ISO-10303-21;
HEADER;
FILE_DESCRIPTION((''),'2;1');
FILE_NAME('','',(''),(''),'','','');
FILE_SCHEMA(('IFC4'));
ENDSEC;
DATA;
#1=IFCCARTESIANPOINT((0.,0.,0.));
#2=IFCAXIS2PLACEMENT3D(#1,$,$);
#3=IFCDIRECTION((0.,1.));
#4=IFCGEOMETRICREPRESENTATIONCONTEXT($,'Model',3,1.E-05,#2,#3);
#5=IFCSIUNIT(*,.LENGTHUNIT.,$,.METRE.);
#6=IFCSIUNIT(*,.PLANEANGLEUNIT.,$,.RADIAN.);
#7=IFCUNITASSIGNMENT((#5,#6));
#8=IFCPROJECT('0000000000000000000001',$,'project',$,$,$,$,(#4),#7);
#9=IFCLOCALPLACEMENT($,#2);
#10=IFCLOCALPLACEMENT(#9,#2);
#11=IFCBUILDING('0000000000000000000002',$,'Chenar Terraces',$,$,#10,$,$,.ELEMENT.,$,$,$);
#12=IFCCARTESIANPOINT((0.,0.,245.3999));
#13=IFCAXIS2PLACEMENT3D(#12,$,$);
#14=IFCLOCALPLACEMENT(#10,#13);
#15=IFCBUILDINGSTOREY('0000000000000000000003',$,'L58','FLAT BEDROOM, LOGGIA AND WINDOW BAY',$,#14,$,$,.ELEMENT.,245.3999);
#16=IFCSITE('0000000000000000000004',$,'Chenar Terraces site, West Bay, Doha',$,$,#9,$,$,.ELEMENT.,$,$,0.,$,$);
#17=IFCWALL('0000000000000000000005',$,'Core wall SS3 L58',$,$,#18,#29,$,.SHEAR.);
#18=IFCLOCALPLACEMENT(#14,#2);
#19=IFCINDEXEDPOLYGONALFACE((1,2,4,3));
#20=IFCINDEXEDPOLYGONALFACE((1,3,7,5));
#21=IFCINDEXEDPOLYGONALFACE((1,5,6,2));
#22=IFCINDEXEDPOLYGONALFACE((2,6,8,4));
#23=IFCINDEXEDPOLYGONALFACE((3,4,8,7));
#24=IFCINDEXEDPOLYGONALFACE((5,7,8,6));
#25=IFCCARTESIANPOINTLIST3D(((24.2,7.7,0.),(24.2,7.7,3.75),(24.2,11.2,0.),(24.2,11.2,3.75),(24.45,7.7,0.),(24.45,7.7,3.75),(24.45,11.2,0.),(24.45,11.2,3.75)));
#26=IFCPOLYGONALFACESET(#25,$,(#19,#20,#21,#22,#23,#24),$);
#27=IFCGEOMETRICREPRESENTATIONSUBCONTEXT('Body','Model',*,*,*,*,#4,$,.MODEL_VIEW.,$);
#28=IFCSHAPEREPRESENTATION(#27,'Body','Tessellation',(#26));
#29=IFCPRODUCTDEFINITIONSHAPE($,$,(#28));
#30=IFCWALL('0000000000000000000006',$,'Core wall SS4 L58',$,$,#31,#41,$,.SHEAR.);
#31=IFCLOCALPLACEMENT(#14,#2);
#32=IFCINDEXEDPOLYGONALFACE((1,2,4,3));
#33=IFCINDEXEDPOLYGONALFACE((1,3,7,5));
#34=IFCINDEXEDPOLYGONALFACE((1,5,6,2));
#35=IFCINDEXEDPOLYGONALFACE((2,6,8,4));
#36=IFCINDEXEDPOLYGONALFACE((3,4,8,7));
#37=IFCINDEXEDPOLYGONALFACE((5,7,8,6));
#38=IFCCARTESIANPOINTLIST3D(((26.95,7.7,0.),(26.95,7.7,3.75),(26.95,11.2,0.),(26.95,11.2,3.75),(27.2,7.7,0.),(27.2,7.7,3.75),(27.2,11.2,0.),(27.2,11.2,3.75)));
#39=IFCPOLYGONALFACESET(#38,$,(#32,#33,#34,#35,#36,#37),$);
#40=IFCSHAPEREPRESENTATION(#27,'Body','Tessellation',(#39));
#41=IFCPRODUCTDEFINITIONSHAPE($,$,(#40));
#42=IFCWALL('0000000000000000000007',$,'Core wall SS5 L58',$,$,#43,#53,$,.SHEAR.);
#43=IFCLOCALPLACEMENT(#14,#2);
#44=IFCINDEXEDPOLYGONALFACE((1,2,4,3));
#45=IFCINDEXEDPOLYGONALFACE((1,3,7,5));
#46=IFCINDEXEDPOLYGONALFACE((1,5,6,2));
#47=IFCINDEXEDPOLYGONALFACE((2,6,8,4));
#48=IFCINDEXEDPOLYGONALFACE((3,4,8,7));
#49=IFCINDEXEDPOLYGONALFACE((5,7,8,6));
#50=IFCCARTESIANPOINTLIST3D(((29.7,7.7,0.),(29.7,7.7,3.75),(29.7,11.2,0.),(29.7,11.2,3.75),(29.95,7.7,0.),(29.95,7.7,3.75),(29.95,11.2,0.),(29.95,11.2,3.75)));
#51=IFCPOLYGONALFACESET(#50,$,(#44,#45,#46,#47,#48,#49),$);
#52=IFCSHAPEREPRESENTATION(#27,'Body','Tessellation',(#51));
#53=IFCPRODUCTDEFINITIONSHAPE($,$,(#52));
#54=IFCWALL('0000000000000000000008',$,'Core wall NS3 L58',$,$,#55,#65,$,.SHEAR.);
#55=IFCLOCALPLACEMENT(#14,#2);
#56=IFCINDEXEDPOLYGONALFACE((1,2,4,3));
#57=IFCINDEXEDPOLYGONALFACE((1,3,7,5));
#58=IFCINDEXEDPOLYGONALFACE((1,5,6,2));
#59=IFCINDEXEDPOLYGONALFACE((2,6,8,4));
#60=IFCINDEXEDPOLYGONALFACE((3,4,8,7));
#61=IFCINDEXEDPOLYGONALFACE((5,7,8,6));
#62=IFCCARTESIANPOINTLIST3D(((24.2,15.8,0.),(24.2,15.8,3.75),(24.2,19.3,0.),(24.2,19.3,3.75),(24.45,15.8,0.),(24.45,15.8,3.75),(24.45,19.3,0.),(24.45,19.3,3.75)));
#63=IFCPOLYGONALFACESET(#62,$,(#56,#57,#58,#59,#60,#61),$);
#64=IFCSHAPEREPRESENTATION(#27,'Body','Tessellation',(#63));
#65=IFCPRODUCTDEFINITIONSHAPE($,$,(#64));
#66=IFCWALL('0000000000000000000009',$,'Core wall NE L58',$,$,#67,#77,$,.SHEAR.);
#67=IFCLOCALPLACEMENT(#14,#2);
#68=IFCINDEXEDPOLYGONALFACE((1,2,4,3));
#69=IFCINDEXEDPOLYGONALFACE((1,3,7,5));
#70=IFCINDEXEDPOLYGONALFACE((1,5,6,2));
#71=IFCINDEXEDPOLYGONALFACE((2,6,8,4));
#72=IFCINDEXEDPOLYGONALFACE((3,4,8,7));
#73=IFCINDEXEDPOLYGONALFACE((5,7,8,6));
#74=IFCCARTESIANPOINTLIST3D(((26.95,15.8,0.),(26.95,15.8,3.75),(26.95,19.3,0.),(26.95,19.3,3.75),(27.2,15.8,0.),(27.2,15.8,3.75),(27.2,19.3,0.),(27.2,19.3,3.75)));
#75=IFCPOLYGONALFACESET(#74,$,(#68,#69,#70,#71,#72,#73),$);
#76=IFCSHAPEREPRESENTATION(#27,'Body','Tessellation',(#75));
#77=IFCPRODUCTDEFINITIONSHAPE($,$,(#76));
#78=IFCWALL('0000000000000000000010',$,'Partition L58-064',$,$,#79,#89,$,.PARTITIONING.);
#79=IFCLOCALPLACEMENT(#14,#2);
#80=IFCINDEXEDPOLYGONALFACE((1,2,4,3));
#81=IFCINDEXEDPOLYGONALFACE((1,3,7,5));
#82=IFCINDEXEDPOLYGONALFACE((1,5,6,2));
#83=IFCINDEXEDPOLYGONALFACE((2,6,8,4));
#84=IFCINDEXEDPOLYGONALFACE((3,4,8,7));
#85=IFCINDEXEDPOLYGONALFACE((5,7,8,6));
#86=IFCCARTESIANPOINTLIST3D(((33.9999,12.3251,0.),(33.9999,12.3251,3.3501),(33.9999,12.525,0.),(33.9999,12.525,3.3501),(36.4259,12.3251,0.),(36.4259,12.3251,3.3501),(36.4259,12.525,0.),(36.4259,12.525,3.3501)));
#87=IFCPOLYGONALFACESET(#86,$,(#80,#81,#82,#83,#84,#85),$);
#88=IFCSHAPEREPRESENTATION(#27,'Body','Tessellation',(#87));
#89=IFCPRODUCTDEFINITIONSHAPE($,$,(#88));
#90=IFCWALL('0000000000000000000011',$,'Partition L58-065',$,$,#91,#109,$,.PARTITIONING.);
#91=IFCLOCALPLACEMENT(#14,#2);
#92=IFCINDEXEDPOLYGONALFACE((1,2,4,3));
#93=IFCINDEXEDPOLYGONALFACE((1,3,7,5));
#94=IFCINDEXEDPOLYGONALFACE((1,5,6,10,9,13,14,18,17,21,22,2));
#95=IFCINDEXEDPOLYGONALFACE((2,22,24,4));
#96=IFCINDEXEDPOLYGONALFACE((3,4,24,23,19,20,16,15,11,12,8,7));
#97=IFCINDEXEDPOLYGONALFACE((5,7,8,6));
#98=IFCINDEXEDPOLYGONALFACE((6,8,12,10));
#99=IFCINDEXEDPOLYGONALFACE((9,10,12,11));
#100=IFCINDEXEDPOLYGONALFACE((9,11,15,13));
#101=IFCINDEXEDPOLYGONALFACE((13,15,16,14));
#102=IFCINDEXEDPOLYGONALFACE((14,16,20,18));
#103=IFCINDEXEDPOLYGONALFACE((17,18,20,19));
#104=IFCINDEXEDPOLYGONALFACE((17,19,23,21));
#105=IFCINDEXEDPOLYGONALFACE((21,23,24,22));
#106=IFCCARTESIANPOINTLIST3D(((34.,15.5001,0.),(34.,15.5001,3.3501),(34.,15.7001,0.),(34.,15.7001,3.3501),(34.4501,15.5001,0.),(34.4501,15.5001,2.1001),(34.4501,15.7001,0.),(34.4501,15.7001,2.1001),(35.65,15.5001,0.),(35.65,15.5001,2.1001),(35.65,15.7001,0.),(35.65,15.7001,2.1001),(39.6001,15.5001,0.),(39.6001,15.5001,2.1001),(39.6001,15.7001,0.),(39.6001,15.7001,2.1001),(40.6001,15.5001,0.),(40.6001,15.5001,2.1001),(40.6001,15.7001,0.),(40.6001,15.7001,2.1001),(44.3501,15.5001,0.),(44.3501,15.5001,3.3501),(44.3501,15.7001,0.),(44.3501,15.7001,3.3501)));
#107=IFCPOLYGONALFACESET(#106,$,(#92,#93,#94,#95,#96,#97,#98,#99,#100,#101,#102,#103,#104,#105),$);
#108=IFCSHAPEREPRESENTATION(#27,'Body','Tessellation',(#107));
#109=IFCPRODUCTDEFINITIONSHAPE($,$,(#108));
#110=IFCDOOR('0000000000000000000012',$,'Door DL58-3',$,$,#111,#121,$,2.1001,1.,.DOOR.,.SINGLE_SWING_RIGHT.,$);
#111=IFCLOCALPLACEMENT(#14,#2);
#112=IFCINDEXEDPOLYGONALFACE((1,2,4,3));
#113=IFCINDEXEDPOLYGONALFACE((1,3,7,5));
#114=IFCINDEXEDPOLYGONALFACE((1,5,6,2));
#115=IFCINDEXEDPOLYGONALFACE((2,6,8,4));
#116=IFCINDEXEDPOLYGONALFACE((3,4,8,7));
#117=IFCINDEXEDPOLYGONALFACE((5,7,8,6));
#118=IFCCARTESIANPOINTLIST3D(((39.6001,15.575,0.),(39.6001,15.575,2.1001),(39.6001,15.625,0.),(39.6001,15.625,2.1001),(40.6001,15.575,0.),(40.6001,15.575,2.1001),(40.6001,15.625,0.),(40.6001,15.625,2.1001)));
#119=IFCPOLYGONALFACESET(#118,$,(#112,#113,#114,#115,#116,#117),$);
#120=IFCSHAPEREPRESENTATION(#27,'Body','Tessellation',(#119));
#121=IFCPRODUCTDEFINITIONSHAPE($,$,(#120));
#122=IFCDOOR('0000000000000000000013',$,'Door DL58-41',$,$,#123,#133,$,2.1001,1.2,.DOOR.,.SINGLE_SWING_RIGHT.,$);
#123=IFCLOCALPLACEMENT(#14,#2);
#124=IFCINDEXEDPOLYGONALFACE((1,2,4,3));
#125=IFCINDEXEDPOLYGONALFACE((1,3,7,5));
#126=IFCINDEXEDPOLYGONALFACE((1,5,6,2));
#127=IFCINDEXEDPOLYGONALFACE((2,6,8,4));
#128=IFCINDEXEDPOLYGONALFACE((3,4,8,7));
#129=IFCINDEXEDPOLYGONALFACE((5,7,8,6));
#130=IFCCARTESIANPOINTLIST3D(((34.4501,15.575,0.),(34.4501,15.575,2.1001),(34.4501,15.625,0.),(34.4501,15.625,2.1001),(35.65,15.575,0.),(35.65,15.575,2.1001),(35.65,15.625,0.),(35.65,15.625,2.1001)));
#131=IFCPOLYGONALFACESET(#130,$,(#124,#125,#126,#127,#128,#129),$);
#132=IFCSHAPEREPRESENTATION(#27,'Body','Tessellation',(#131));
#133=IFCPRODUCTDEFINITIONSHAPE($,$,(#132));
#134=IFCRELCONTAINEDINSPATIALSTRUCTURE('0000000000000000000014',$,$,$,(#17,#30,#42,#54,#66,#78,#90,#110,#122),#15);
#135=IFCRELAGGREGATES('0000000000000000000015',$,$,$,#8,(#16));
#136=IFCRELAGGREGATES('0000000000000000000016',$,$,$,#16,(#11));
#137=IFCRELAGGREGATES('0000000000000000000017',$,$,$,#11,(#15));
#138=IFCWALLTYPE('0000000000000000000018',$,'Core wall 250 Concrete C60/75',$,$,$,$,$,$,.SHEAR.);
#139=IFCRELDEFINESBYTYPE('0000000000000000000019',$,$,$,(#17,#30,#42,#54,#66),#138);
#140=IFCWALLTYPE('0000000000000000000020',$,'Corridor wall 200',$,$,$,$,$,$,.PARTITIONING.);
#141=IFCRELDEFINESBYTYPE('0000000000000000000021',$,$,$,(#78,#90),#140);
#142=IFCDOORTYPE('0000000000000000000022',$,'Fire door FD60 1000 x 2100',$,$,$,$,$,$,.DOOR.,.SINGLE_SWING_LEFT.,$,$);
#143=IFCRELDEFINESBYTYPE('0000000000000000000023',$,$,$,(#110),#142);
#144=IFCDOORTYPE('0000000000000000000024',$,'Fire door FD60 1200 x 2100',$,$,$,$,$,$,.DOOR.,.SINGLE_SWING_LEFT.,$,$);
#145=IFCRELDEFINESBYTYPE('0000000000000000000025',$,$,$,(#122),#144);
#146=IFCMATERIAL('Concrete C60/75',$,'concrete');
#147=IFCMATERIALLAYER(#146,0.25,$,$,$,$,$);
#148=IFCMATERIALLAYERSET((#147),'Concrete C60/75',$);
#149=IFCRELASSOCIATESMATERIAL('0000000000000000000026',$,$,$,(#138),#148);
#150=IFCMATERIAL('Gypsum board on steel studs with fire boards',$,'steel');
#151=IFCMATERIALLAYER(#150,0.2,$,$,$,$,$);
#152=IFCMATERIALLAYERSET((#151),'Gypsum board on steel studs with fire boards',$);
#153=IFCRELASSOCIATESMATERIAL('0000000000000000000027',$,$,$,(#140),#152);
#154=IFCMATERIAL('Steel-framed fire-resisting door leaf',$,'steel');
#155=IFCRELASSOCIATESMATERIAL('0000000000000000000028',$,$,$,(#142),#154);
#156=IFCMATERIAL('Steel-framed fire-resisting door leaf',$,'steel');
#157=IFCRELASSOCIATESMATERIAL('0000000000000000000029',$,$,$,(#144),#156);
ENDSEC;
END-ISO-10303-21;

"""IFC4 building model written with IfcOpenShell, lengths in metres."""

from ifc_helpers import new_model, si_unit, direction, frame, frame_2d, origin, place, context, subcontext, project, spatial, rectangle, extrude, material, layer, layer_set, type_object, element, fill, save


model = new_model("IFC4")

# Units and contexts
model_context = context("Model", 3, precision=1e-05, world=origin(), true_north=direction((0.0, 1.0)))
body_context = subcontext(model_context, "Body", "Model", "MODEL_VIEW")
ifc_project = project(units=[si_unit("LENGTHUNIT", "METRE"), si_unit("PLANEANGLEUNIT", "RADIAN")], contexts=[model_context])

# Site, building, storey
site_placement = place(None, origin())
site = spatial("IfcSite", under=ifc_project, at=site_placement, Name="Chenar Terraces site, West Bay, Doha", CompositionType="ELEMENT", RefElevation=0.0)
building_placement = place(site_placement, origin())
building = spatial("IfcBuilding", under=site, at=building_placement, Name="Chenar Terraces", CompositionType="ELEMENT")
storey_placement = place(building_placement, frame((0.0, 0.0, 245.3999)))
storey = spatial("IfcBuildingStorey", under=building, at=storey_placement, Name="L58", Description="FLAT BEDROOM, LOGGIA AND WINDOW BAY", CompositionType="ELEMENT", Elevation=245.3999)

# Walls
ifc_material_1 = material(Name="Concrete C60/75", Category="concrete")
ifc_layer_1 = layer(ifc_material_1, 0.25)
ifc_layer_set_1 = layer_set([ifc_layer_1], Name="Concrete C60/75")
wall_type_1 = type_object("IfcWallType", Name="Core wall 250 Concrete C60/75", PredefinedType="SHEAR", material=ifc_layer_set_1)
for number, where, z_axis, x_axis, name in (
    (1, (24.325, 7.7, 0.0), (0.0, 0.0, 1.0), (0.0, 1.0, 0.0), "Core wall SS3 L58"),
    (2, (27.075, 7.7, 0.0), (0.0, 0.0, 1.0), (0.0, 1.0, 0.0), "Core wall SS4 L58"),
    (3, (29.825, 7.7, 0.0), (0.0, 0.0, 1.0), (0.0, 1.0, 0.0), "Core wall SS5 L58"),
    (4, (24.325, 15.8, 0.0), (0.0, 0.0, 1.0), (0.0, 1.0, 0.0), "Core wall NS3 L58"),
    (5, (27.075, 15.8, 0.0), (0.0, 0.0, 1.0), (0.0, 1.0, 0.0), "Core wall NE L58"),
):
    element("IfcWall", number, at=place(storey_placement, frame(where, z_axis=z_axis, x_axis=x_axis)), inside=storey, type_object=wall_type_1, Name=name, PredefinedType="SHEAR", context=body_context, shape_type="SweptSolid", body=[
        extrude(rectangle(XDim=3.5, YDim=0.25, at=frame_2d((1.75, 0.0))), origin(), (0.0, 0.0, 1.0), 3.75),
    ])

# Wall
ifc_material_2 = material(Name="Gypsum board on steel studs with fire boards", Category="steel")
ifc_layer_2 = layer(ifc_material_2, 0.2)
ifc_layer_set_2 = layer_set([ifc_layer_2], Name="Gypsum board on steel studs with fire boards")
wall_type_2 = type_object("IfcWallType", Name="Corridor wall 200", PredefinedType="PARTITIONING", material=ifc_layer_set_2)
wall_1_placement = place(storey_placement, frame((34.0, 12.425, 0.0), z_axis=(0.0, 0.0, 1.0), x_axis=(1.0, 0.0, 0.0)))
element("IfcWall", 6, at=wall_1_placement, inside=storey, type_object=wall_type_2, Name="Partition L58-064", PredefinedType="PARTITIONING", context=body_context, shape_type="SweptSolid", body=[
    extrude(rectangle(XDim=2.426, YDim=0.2, at=frame_2d((1.2129, 0.0))), origin(), (0.0, 0.0, 1.0), 3.3501),
])

# Wall, openings, doors
wall_2_placement = place(storey_placement, frame((34.0, 15.6001, 0.0), z_axis=(0.0, 0.0, 1.0), x_axis=(1.0, 0.0, 0.0)))
wall_2 = element("IfcWall", 7, at=wall_2_placement, inside=storey, type_object=wall_type_2, Name="Partition L58-065", PredefinedType="PARTITIONING", context=body_context, shape_type="SweptSolid", body=[
    extrude(rectangle(XDim=10.3501, YDim=0.2, at=frame_2d((5.175, 0.0))), origin(), (0.0, 0.0, 1.0), 3.3501),
])
opening_1_placement = place(wall_2_placement, frame((5.6001, 0.0, 0.0)))
opening_1 = element("IfcOpeningElement", 8, at=opening_1_placement, cuts=wall_2, PredefinedType="OPENING", context=body_context, shape_type="SweptSolid", body=[
    extrude(rectangle(XDim=1.0, YDim=2.1001, at=frame_2d((0.5, 1.05))), frame((0.0, 0.1099, 0.0), z_axis=(0.0, -1.0, 0.0), x_axis=(1.0, 0.0, 0.0)), (0.0, 0.0, 1.0), 0.22),
])
opening_2_placement = place(wall_2_placement, frame((0.45, 0.0, 0.0)))
opening_2 = element("IfcOpeningElement", 9, at=opening_2_placement, cuts=wall_2, PredefinedType="OPENING", context=body_context, shape_type="SweptSolid", body=[
    extrude(rectangle(XDim=1.2, YDim=2.1001, at=frame_2d((0.6001, 1.05))), frame((0.0, 0.1099, 0.0), z_axis=(0.0, -1.0, 0.0), x_axis=(1.0, 0.0, 0.0)), (0.0, 0.0, 1.0), 0.22),
])
ifc_material_3 = material(Name="Steel-framed fire-resisting door leaf", Category="steel")
door_type_1 = type_object("IfcDoorType", Name="Fire door FD60 1000 x 2100", OperationType="SINGLE_SWING_LEFT", PredefinedType="DOOR", material=ifc_material_3)
door_1_placement = place(opening_1_placement, origin())
door_1 = element("IfcDoor", 10, at=door_1_placement, inside=storey, type_object=door_type_1, Name="Door DL58-3", OperationType="SINGLE_SWING_RIGHT", OverallHeight=2.1001, OverallWidth=1.0, PredefinedType="DOOR", context=body_context, shape_type="SweptSolid", body=[
    extrude(rectangle(XDim=1.0, YDim=2.1001, at=frame_2d((0.5, 1.05))), frame((0.0, 0.0249, 0.0), z_axis=(0.0, -1.0, 0.0), x_axis=(1.0, 0.0, 0.0)), (0.0, 0.0, 1.0), 0.05),
])
fill(opening_1, door_1)
ifc_material_4 = material(Name="Steel-framed fire-resisting door leaf", Category="steel")
door_type_2 = type_object("IfcDoorType", Name="Fire door FD60 1200 x 2100", OperationType="SINGLE_SWING_LEFT", PredefinedType="DOOR", material=ifc_material_4)
door_2_placement = place(opening_2_placement, origin())
door_2 = element("IfcDoor", 11, at=door_2_placement, inside=storey, type_object=door_type_2, Name="Door DL58-41", OperationType="SINGLE_SWING_RIGHT", OverallHeight=2.1001, OverallWidth=1.2, PredefinedType="DOOR", context=body_context, shape_type="SweptSolid", body=[
    extrude(rectangle(XDim=1.2, YDim=2.1001, at=frame_2d((0.6001, 1.05))), frame((0.0, 0.0249, 0.0), z_axis=(0.0, -1.0, 0.0), x_axis=(1.0, 0.0, 0.0)), (0.0, 0.0, 1.0), 0.05),
])
fill(opening_2, door_2)

save(model, "model.ifc")
